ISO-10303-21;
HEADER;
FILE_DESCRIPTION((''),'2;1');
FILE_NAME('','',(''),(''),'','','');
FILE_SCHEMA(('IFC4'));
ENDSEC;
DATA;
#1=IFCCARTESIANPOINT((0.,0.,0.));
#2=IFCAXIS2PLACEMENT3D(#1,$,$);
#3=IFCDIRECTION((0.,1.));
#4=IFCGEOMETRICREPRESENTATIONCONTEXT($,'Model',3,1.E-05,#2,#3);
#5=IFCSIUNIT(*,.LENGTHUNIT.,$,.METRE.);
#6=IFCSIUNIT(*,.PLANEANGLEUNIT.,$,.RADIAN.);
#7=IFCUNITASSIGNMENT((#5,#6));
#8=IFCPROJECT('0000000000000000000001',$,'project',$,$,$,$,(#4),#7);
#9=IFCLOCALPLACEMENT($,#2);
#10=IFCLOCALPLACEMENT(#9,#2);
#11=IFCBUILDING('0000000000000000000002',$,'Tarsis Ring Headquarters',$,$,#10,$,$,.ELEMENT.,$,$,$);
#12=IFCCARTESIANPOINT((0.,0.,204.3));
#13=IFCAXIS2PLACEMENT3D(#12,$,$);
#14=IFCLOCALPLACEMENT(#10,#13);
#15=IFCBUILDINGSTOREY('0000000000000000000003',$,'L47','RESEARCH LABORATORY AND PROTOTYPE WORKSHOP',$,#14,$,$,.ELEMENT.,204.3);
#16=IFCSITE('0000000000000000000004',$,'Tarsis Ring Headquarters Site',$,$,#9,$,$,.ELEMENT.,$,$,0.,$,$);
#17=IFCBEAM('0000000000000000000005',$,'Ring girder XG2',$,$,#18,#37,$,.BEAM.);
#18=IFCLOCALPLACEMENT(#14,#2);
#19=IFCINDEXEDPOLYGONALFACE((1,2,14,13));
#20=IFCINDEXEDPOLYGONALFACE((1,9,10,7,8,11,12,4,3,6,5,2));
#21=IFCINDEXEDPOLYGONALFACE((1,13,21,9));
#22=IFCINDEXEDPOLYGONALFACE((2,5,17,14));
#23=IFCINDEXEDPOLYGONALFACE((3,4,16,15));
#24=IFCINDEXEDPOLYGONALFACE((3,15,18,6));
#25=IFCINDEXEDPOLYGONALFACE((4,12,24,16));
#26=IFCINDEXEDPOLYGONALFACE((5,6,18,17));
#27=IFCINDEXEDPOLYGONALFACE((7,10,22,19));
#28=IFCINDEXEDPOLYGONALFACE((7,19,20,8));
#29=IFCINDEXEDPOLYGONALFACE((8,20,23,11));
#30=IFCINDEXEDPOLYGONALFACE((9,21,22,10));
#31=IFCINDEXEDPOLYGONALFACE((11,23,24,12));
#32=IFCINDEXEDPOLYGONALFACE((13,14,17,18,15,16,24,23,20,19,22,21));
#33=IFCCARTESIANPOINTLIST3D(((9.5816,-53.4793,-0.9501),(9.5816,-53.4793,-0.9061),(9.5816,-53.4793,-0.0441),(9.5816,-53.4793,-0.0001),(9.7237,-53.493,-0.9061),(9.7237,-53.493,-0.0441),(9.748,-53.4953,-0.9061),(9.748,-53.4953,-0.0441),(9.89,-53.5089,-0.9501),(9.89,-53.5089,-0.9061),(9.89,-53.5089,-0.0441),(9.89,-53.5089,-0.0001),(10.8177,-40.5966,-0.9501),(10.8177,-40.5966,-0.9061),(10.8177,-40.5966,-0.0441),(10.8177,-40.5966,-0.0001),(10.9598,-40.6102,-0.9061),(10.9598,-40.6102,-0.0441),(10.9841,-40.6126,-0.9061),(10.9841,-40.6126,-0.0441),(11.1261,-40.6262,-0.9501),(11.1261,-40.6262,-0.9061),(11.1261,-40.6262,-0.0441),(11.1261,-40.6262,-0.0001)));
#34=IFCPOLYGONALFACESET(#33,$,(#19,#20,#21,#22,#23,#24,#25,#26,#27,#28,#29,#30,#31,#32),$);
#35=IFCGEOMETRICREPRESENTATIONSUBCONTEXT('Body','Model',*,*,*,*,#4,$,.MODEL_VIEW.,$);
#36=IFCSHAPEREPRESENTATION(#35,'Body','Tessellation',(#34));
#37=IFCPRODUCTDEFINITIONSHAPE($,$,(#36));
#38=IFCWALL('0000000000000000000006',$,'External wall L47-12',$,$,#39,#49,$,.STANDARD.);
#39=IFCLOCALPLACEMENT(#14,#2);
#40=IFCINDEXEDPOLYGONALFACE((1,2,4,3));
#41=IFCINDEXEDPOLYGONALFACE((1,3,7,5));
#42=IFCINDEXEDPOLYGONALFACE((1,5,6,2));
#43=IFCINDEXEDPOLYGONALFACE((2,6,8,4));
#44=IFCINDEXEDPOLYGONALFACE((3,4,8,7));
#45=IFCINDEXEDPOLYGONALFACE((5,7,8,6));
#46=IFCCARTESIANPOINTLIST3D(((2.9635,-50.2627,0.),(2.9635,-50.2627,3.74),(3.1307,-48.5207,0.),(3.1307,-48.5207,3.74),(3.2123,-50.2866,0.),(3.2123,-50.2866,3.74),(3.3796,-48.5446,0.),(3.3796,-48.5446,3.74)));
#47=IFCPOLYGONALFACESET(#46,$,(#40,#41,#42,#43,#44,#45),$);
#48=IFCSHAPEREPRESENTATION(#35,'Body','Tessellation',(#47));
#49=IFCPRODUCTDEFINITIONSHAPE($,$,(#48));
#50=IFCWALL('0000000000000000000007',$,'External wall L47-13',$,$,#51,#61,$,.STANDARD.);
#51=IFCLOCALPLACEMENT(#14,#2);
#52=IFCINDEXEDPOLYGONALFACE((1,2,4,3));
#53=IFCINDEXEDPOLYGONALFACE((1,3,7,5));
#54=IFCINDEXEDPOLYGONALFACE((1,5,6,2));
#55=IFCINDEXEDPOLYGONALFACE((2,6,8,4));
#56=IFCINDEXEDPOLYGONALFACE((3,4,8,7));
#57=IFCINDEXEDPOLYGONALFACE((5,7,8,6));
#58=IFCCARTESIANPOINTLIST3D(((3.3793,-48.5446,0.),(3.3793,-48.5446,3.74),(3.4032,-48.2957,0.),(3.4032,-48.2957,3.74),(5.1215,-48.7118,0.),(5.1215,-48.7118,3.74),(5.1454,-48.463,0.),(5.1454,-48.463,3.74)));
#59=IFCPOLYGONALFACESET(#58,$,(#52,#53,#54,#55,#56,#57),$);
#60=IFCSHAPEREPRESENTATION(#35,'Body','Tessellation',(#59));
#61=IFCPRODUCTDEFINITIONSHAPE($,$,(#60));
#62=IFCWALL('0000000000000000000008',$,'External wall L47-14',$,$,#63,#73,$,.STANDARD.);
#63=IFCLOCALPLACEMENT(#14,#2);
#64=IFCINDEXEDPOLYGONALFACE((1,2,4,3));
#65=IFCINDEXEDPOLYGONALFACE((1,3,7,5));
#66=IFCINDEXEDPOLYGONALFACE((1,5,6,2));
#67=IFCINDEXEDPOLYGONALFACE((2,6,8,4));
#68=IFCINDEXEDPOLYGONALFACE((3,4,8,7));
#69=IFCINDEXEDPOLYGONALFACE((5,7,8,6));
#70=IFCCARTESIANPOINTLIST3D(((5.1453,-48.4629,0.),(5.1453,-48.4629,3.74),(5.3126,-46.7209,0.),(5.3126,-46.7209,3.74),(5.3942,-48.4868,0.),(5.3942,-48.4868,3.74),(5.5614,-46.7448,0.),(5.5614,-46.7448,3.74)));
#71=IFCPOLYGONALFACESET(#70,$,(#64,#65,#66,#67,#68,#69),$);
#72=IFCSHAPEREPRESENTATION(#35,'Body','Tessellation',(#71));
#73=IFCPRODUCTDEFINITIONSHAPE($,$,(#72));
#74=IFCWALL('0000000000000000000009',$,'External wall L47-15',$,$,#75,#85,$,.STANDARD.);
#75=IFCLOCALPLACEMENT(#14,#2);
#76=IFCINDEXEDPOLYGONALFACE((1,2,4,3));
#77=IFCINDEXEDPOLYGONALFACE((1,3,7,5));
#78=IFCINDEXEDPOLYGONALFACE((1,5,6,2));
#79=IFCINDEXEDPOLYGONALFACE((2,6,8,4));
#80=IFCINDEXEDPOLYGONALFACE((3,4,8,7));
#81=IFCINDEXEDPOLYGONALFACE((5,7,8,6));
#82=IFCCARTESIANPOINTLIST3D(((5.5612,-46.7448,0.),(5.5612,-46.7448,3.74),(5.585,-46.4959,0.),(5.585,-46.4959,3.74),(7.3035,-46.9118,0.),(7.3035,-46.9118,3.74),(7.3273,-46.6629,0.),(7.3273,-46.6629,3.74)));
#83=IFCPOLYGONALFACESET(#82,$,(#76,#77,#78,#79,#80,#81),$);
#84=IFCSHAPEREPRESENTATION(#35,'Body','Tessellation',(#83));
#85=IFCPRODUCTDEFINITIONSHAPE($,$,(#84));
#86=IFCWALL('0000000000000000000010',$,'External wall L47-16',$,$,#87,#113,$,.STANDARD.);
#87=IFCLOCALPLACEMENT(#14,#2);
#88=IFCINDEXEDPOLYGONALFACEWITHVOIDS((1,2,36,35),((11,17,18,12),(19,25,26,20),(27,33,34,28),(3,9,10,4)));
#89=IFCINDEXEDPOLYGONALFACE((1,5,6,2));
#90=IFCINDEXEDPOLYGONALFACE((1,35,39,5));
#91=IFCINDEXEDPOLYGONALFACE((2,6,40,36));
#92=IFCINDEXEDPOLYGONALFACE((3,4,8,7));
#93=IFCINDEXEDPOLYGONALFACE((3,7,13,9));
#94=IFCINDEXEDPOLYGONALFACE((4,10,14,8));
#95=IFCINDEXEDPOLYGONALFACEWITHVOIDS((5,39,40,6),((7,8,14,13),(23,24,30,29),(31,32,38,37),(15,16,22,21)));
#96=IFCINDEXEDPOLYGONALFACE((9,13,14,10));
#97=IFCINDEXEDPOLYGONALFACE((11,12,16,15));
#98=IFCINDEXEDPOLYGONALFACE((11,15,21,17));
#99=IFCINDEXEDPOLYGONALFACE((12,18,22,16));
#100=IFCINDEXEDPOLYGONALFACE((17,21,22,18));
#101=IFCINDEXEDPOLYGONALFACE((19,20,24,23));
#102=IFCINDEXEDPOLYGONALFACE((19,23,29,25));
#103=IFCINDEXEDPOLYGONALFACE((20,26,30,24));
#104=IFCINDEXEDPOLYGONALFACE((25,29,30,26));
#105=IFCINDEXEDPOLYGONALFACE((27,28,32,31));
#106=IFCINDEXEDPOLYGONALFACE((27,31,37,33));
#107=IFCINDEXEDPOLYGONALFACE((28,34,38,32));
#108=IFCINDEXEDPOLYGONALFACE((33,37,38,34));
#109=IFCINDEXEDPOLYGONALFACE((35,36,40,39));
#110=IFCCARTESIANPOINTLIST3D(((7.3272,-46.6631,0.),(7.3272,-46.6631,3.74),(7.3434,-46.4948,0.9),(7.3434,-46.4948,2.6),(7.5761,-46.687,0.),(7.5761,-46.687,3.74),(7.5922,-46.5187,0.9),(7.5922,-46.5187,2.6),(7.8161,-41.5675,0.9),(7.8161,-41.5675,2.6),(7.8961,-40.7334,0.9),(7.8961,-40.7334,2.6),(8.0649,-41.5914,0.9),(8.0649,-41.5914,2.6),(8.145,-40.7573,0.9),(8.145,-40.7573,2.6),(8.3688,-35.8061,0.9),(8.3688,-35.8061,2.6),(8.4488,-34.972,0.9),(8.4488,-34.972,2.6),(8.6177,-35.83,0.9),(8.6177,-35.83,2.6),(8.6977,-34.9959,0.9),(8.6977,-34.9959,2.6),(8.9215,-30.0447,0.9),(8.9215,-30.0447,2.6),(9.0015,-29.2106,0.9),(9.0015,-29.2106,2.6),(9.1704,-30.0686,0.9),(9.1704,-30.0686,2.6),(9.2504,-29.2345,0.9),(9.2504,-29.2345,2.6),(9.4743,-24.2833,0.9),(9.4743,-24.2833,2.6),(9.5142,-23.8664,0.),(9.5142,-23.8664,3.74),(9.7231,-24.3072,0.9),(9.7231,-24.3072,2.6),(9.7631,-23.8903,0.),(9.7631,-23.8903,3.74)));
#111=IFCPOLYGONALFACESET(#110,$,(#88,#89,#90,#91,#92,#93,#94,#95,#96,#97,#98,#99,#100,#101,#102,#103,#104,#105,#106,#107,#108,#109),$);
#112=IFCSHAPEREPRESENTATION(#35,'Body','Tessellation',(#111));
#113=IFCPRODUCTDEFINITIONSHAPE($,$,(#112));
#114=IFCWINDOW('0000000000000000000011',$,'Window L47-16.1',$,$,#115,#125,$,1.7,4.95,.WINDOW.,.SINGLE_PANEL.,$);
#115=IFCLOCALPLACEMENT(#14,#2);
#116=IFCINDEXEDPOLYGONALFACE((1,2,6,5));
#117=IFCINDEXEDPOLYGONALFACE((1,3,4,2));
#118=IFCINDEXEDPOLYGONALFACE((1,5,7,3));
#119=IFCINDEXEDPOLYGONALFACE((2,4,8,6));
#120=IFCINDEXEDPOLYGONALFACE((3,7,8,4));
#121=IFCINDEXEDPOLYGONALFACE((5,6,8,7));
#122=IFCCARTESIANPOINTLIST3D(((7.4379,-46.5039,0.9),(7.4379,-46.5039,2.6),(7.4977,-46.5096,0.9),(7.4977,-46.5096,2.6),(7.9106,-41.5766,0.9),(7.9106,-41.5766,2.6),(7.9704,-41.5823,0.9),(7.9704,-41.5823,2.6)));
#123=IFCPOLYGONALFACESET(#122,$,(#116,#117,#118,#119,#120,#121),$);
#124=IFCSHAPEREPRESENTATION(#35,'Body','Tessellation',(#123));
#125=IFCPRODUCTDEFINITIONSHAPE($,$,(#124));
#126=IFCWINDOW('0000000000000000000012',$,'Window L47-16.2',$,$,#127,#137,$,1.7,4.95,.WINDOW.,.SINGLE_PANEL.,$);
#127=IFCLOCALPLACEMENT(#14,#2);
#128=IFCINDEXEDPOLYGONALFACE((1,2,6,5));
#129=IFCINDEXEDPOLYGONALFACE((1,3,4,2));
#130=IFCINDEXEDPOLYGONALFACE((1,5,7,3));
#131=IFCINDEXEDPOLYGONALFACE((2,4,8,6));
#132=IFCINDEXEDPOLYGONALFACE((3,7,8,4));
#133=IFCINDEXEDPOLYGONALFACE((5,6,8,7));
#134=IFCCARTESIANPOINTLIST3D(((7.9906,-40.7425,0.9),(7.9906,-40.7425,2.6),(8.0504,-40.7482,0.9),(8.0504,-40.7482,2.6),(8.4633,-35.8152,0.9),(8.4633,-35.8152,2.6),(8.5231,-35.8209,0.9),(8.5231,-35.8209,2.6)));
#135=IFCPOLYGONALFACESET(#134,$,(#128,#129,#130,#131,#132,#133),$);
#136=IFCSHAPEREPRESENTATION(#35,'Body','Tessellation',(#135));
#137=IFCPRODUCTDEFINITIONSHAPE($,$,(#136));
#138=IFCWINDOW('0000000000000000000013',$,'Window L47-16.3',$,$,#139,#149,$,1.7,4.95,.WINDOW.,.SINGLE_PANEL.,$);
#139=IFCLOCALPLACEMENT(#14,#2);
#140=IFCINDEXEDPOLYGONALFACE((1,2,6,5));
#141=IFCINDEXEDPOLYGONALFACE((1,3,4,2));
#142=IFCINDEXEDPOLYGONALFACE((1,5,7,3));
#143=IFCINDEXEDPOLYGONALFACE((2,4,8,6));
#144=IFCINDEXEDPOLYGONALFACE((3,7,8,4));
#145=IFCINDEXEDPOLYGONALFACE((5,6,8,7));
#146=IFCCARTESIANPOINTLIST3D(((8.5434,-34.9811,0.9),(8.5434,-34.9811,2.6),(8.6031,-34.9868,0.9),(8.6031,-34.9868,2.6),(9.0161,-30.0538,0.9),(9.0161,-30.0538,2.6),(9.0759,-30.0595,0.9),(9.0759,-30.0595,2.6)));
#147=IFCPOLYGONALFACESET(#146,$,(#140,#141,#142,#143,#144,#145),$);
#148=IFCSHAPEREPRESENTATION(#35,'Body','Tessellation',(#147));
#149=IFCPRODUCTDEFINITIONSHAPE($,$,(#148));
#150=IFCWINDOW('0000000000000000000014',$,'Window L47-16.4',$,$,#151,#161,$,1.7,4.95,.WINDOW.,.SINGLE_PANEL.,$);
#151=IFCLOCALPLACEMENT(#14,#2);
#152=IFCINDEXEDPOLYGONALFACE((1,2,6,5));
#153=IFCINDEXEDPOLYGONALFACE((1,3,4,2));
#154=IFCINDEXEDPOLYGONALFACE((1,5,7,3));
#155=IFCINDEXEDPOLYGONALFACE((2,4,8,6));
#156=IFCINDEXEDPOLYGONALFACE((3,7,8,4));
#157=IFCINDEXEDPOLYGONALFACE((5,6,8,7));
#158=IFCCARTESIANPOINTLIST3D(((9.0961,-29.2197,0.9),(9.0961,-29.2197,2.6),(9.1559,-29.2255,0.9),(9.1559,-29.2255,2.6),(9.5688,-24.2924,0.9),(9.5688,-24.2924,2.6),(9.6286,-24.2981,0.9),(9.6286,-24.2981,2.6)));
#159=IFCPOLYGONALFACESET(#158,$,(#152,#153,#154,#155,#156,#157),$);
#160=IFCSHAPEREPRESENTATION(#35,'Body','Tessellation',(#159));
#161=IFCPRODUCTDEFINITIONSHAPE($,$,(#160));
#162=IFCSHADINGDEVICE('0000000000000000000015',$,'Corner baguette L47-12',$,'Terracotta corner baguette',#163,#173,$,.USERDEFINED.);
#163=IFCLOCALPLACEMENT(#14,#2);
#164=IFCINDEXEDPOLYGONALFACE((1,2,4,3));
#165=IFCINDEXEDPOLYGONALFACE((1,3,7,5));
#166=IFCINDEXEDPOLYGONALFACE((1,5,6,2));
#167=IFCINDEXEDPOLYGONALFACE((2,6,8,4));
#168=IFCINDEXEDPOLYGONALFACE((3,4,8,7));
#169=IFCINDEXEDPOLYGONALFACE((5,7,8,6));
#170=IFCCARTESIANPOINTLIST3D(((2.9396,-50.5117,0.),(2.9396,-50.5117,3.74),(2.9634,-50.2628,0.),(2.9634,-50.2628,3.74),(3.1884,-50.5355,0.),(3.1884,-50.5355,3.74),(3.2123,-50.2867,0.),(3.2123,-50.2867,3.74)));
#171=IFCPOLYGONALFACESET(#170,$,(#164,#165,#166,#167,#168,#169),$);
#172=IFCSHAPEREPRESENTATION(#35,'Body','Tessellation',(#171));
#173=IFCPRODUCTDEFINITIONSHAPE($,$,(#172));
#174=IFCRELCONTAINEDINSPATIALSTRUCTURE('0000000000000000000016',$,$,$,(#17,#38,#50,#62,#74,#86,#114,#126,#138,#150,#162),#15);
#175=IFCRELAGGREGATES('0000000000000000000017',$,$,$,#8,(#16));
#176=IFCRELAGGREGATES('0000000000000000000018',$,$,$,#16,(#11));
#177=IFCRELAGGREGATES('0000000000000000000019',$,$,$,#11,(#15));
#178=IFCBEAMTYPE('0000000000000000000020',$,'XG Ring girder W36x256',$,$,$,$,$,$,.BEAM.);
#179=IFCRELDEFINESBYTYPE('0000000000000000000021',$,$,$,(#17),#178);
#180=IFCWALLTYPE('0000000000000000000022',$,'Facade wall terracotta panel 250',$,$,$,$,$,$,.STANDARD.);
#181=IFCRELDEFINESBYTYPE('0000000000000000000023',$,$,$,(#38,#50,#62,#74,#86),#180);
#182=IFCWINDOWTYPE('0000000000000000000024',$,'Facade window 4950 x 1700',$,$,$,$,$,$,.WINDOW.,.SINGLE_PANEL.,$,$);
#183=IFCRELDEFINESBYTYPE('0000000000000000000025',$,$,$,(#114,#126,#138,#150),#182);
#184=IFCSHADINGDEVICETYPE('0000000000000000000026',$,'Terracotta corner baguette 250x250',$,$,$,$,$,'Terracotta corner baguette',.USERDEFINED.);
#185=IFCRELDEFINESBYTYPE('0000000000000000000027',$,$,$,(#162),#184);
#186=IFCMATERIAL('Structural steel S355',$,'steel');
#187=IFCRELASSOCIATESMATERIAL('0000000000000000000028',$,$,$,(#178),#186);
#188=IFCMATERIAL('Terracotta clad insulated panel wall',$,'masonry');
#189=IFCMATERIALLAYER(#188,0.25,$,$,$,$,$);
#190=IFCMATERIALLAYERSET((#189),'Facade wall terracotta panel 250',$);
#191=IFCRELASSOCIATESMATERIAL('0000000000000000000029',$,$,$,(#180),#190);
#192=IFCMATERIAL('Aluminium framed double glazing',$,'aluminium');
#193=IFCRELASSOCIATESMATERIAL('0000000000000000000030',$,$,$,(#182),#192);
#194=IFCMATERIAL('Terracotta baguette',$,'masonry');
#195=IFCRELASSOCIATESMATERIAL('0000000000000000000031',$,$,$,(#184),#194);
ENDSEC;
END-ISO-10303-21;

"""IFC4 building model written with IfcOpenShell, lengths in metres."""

from ifc_helpers import new_model, si_unit, direction, frame, frame_2d, origin, origin_2d, place, context, subcontext, project, spatial, rectangle, i_section, extrude, material, layer, layer_set, material_profile, profile_set, type_object, element, fill, save


model = new_model("IFC4")

# Units and contexts
model_context = context("Model", 3, precision=1e-05, world=origin(), true_north=direction((0.0, 1.0)))
body_context = subcontext(model_context, "Body", "Model", "MODEL_VIEW")
ifc_project = project(units=[si_unit("LENGTHUNIT", "METRE"), si_unit("PLANEANGLEUNIT", "RADIAN")], contexts=[model_context])

# Site, building, storey
site_placement = place(None, origin())
site = spatial("IfcSite", under=ifc_project, at=site_placement, Name="Tarsis Ring Headquarters Site", CompositionType="ELEMENT", RefElevation=0.0)
building_placement = place(site_placement, origin())
building = spatial("IfcBuilding", under=site, at=building_placement, Name="Tarsis Ring Headquarters", CompositionType="ELEMENT")
storey_placement = place(building_placement, frame((0.0, 0.0, 204.3)))
storey = spatial("IfcBuildingStorey", under=building, at=storey_placement, Name="L47", Description="RESEARCH LABORATORY AND PROTOTYPE WORKSHOP", CompositionType="ELEMENT", Elevation=204.3)

# Shared definitions
ifc_material_1 = material(Name="Structural steel S355", Category="steel")

# Beam
ifc_material_profile_1 = material_profile(ifc_material_1, i_section(OverallWidth=0.3098, OverallDepth=0.95, WebThickness=0.0244, FlangeThickness=0.0439, at=origin_2d()), Name="W36x256")
ifc_profile_set_1 = profile_set([ifc_material_profile_1], Name="Structural steel S355")
beam_type = type_object("IfcBeamType", Name="XG Ring girder W36x256", PredefinedType="BEAM", material=ifc_profile_set_1)
beam_1_placement = place(storey_placement, frame((9.7358, -53.4941, -0.4751), z_axis=(0.09551, 0.995429, 0.0), x_axis=(-0.995429, 0.09551, 0.0)))
element("IfcBeam", 1, at=beam_1_placement, inside=storey, type_object=beam_type, Name="Ring girder XG2", PredefinedType="BEAM", context=body_context, shape_type="SweptSolid", body=[
    extrude(i_section(OverallWidth=0.3098, OverallDepth=0.95, WebThickness=0.0244, FlangeThickness=0.0439, at=origin_2d()), origin(), (0.0, 0.0, 1.0), 12.9419),
])

# Walls
ifc_material_2 = material(Name="Terracotta clad insulated panel wall", Category="masonry")
ifc_layer = layer(ifc_material_2, 0.25)
ifc_layer_set = layer_set([ifc_layer], Name="Facade wall terracotta panel 250")
wall_type = type_object("IfcWallType", Name="Facade wall terracotta panel 250", PredefinedType="STANDARD", material=ifc_layer_set)
wall_1_placement = place(storey_placement, frame((3.0879, -50.2747, 0.0), z_axis=(0.0, 0.0, 1.0), x_axis=(0.095566, 0.995423, 0.0)))
element("IfcWall", 2, at=wall_1_placement, inside=storey, type_object=wall_type, Name="External wall L47-12", PredefinedType="STANDARD", context=body_context, shape_type="SweptSolid", body=[
    extrude(rectangle(XDim=1.75, YDim=0.25, at=frame_2d((0.875, 0.0))), origin(), (0.0, 0.0, 1.0), 3.74),
])
wall_2_placement = place(storey_placement, frame((3.3914, -48.4202, 0.0), z_axis=(0.0, 0.0, 1.0), x_axis=(0.995424, -0.095553, 0.0)))
element("IfcWall", 3, at=wall_2_placement, inside=storey, type_object=wall_type, Name="External wall L47-13", PredefinedType="STANDARD", context=body_context, shape_type="SweptSolid", body=[
    extrude(rectangle(XDim=1.7502, YDim=0.25, at=frame_2d((0.875, 0.0))), origin(), (0.0, 0.0, 1.0), 3.74),
])
wall_3_placement = place(storey_placement, frame((5.2698, -48.4749, 0.0), z_axis=(0.0, 0.0, 1.0), x_axis=(0.095566, 0.995423, 0.0)))
element("IfcWall", 4, at=wall_3_placement, inside=storey, type_object=wall_type, Name="External wall L47-14", PredefinedType="STANDARD", context=body_context, shape_type="SweptSolid", body=[
    extrude(rectangle(XDim=1.75, YDim=0.25, at=frame_2d((0.875, 0.0))), origin(), (0.0, 0.0, 1.0), 3.74),
])
wall_4_placement = place(storey_placement, frame((5.5732, -46.6204, 0.0), z_axis=(0.0, 0.0, 1.0), x_axis=(0.995438, -0.095415, 0.0)))
element("IfcWall", 5, at=wall_4_placement, inside=storey, type_object=wall_type, Name="External wall L47-15", PredefinedType="STANDARD", context=body_context, shape_type="SweptSolid", body=[
    extrude(rectangle(XDim=1.7502, YDim=0.25, at=frame_2d((0.875, 0.0))), origin(), (0.0, 0.0, 1.0), 3.74),
])

# Wall, openings, windows
wall_5_placement = place(storey_placement, frame((7.4517, -46.675, 0.0), z_axis=(0.0, 0.0, 1.0), x_axis=(0.095497, 0.99543, 0.0)))
wall_5 = element("IfcWall", 6, at=wall_5_placement, inside=storey, type_object=wall_type, Name="External wall L47-16", PredefinedType="STANDARD", context=body_context, shape_type="SweptSolid", body=[
    extrude(rectangle(XDim=22.9014, YDim=0.25, at=frame_2d((11.4507, 0.0))), origin(), (0.0, 0.0, 1.0), 3.74),
])
opening_1_placement = place(wall_5_placement, frame((0.1689, 0.0, 0.8999)))
opening_1 = element("IfcOpeningElement", 7, at=opening_1_placement, cuts=wall_5, PredefinedType="OPENING", context=body_context, shape_type="SweptSolid", body=[
    extrude(rectangle(XDim=4.95, YDim=1.7, at=frame_2d((2.4751, 0.8501))), frame((0.0, 0.135, 0.0), z_axis=(0.0, -1.0, 0.0), x_axis=(1.0, 0.0, 0.0)), (0.0, 0.0, 1.0), 0.27),
])
opening_2_placement = place(wall_5_placement, frame((5.9568, 0.0, 0.8999)))
opening_2 = element("IfcOpeningElement", 8, at=opening_2_placement, cuts=wall_5, PredefinedType="OPENING", context=body_context, shape_type="SweptSolid", body=[
    extrude(rectangle(XDim=4.95, YDim=1.7, at=frame_2d((2.4751, 0.8501))), frame((0.0, 0.135, 0.0), z_axis=(0.0, -1.0, 0.0), x_axis=(1.0, 0.0, 0.0)), (0.0, 0.0, 1.0), 0.27),
])
opening_3_placement = place(wall_5_placement, frame((11.7446, 0.0, 0.8999)))
opening_3 = element("IfcOpeningElement", 9, at=opening_3_placement, cuts=wall_5, PredefinedType="OPENING", context=body_context, shape_type="SweptSolid", body=[
    extrude(rectangle(XDim=4.95, YDim=1.7, at=frame_2d((2.4751, 0.8501))), frame((0.0, 0.135, 0.0), z_axis=(0.0, -1.0, 0.0), x_axis=(1.0, 0.0, 0.0)), (0.0, 0.0, 1.0), 0.27),
])
opening_4_placement = place(wall_5_placement, frame((17.5325, 0.0, 0.8999)))
opening_4 = element("IfcOpeningElement", 10, at=opening_4_placement, cuts=wall_5, PredefinedType="OPENING", context=body_context, shape_type="SweptSolid", body=[
    extrude(rectangle(XDim=4.95, YDim=1.7, at=frame_2d((2.4751, 0.8501))), frame((0.0, 0.135, 0.0), z_axis=(0.0, -1.0, 0.0), x_axis=(1.0, 0.0, 0.0)), (0.0, 0.0, 1.0), 0.27),
])
ifc_material_3 = material(Name="Aluminium framed double glazing", Category="aluminium")
window_type = type_object("IfcWindowType", Name="Facade window 4950 x 1700", PartitioningType="SINGLE_PANEL", PredefinedType="WINDOW", material=ifc_material_3)
window_1_placement = place(opening_1_placement, origin())
window_1 = element("IfcWindow", 11, at=window_1_placement, inside=storey, type_object=window_type, Name="Window L47-16.1", OverallHeight=1.7, OverallWidth=4.95, PartitioningType="SINGLE_PANEL", PredefinedType="WINDOW", context=body_context, shape_type="SweptSolid", body=[
    extrude(rectangle(XDim=4.95, YDim=1.7, at=frame_2d((2.4751, 0.8501))), frame((0.0, 0.03, 0.0), z_axis=(0.0, -1.0, 0.0), x_axis=(1.0, 0.0, 0.0)), (0.0, 0.0, 1.0), 0.0601),
])
fill(opening_1, window_1)
window_2_placement = place(opening_2_placement, origin())
window_2 = element("IfcWindow", 12, at=window_2_placement, inside=storey, type_object=window_type, Name="Window L47-16.2", OverallHeight=1.7, OverallWidth=4.95, PartitioningType="SINGLE_PANEL", PredefinedType="WINDOW", context=body_context, shape_type="SweptSolid", body=[
    extrude(rectangle(XDim=4.95, YDim=1.7, at=frame_2d((2.4751, 0.8501))), frame((0.0, 0.03, 0.0), z_axis=(0.0, -1.0, 0.0), x_axis=(1.0, 0.0, 0.0)), (0.0, 0.0, 1.0), 0.0601),
])
fill(opening_2, window_2)
window_3_placement = place(opening_3_placement, origin())
window_3 = element("IfcWindow", 13, at=window_3_placement, inside=storey, type_object=window_type, Name="Window L47-16.3", OverallHeight=1.7, OverallWidth=4.95, PartitioningType="SINGLE_PANEL", PredefinedType="WINDOW", context=body_context, shape_type="SweptSolid", body=[
    extrude(rectangle(XDim=4.95, YDim=1.7, at=frame_2d((2.4751, 0.8501))), frame((0.0, 0.03, 0.0), z_axis=(0.0, -1.0, 0.0), x_axis=(1.0, 0.0, 0.0)), (0.0, 0.0, 1.0), 0.0601),
])
fill(opening_3, window_3)
window_4_placement = place(opening_4_placement, origin())
window_4 = element("IfcWindow", 14, at=window_4_placement, inside=storey, type_object=window_type, Name="Window L47-16.4", OverallHeight=1.7, OverallWidth=4.95, PartitioningType="SINGLE_PANEL", PredefinedType="WINDOW", context=body_context, shape_type="SweptSolid", body=[
    extrude(rectangle(XDim=4.95, YDim=1.7, at=frame_2d((2.4751, 0.8501))), frame((0.0, 0.03, 0.0), z_axis=(0.0, -1.0, 0.0), x_axis=(1.0, 0.0, 0.0)), (0.0, 0.0, 1.0), 0.0601),
])
fill(opening_4, window_4)

# Shading device
ifc_material_4 = material(Name="Terracotta baguette", Category="masonry")
shading_device_type_1 = type_object("IfcShadingDeviceType", Name="Terracotta corner baguette 250x250", ElementType="Terracotta corner baguette", PredefinedType="USERDEFINED", material=ifc_material_4)
for number, where, z_axis, x_axis, name in (
    (15, (3.0759, -50.3992, 0.0), (0.0, 0.0, 1.0), (0.99543, -0.095498, 0.0), "Corner baguette L47-12"),
):
    element("IfcShadingDevice", number, at=place(storey_placement, frame(where, z_axis=z_axis, x_axis=x_axis)), inside=storey, type_object=shading_device_type_1, Name=name, ObjectType="Terracotta corner baguette", PredefinedType="USERDEFINED", context=body_context, shape_type="SweptSolid", body=[
        extrude(rectangle(XDim=0.25, YDim=0.25, at=origin_2d()), origin(), (0.0, 0.0, 1.0), 3.74),
    ])

save(model, "model.ifc")
